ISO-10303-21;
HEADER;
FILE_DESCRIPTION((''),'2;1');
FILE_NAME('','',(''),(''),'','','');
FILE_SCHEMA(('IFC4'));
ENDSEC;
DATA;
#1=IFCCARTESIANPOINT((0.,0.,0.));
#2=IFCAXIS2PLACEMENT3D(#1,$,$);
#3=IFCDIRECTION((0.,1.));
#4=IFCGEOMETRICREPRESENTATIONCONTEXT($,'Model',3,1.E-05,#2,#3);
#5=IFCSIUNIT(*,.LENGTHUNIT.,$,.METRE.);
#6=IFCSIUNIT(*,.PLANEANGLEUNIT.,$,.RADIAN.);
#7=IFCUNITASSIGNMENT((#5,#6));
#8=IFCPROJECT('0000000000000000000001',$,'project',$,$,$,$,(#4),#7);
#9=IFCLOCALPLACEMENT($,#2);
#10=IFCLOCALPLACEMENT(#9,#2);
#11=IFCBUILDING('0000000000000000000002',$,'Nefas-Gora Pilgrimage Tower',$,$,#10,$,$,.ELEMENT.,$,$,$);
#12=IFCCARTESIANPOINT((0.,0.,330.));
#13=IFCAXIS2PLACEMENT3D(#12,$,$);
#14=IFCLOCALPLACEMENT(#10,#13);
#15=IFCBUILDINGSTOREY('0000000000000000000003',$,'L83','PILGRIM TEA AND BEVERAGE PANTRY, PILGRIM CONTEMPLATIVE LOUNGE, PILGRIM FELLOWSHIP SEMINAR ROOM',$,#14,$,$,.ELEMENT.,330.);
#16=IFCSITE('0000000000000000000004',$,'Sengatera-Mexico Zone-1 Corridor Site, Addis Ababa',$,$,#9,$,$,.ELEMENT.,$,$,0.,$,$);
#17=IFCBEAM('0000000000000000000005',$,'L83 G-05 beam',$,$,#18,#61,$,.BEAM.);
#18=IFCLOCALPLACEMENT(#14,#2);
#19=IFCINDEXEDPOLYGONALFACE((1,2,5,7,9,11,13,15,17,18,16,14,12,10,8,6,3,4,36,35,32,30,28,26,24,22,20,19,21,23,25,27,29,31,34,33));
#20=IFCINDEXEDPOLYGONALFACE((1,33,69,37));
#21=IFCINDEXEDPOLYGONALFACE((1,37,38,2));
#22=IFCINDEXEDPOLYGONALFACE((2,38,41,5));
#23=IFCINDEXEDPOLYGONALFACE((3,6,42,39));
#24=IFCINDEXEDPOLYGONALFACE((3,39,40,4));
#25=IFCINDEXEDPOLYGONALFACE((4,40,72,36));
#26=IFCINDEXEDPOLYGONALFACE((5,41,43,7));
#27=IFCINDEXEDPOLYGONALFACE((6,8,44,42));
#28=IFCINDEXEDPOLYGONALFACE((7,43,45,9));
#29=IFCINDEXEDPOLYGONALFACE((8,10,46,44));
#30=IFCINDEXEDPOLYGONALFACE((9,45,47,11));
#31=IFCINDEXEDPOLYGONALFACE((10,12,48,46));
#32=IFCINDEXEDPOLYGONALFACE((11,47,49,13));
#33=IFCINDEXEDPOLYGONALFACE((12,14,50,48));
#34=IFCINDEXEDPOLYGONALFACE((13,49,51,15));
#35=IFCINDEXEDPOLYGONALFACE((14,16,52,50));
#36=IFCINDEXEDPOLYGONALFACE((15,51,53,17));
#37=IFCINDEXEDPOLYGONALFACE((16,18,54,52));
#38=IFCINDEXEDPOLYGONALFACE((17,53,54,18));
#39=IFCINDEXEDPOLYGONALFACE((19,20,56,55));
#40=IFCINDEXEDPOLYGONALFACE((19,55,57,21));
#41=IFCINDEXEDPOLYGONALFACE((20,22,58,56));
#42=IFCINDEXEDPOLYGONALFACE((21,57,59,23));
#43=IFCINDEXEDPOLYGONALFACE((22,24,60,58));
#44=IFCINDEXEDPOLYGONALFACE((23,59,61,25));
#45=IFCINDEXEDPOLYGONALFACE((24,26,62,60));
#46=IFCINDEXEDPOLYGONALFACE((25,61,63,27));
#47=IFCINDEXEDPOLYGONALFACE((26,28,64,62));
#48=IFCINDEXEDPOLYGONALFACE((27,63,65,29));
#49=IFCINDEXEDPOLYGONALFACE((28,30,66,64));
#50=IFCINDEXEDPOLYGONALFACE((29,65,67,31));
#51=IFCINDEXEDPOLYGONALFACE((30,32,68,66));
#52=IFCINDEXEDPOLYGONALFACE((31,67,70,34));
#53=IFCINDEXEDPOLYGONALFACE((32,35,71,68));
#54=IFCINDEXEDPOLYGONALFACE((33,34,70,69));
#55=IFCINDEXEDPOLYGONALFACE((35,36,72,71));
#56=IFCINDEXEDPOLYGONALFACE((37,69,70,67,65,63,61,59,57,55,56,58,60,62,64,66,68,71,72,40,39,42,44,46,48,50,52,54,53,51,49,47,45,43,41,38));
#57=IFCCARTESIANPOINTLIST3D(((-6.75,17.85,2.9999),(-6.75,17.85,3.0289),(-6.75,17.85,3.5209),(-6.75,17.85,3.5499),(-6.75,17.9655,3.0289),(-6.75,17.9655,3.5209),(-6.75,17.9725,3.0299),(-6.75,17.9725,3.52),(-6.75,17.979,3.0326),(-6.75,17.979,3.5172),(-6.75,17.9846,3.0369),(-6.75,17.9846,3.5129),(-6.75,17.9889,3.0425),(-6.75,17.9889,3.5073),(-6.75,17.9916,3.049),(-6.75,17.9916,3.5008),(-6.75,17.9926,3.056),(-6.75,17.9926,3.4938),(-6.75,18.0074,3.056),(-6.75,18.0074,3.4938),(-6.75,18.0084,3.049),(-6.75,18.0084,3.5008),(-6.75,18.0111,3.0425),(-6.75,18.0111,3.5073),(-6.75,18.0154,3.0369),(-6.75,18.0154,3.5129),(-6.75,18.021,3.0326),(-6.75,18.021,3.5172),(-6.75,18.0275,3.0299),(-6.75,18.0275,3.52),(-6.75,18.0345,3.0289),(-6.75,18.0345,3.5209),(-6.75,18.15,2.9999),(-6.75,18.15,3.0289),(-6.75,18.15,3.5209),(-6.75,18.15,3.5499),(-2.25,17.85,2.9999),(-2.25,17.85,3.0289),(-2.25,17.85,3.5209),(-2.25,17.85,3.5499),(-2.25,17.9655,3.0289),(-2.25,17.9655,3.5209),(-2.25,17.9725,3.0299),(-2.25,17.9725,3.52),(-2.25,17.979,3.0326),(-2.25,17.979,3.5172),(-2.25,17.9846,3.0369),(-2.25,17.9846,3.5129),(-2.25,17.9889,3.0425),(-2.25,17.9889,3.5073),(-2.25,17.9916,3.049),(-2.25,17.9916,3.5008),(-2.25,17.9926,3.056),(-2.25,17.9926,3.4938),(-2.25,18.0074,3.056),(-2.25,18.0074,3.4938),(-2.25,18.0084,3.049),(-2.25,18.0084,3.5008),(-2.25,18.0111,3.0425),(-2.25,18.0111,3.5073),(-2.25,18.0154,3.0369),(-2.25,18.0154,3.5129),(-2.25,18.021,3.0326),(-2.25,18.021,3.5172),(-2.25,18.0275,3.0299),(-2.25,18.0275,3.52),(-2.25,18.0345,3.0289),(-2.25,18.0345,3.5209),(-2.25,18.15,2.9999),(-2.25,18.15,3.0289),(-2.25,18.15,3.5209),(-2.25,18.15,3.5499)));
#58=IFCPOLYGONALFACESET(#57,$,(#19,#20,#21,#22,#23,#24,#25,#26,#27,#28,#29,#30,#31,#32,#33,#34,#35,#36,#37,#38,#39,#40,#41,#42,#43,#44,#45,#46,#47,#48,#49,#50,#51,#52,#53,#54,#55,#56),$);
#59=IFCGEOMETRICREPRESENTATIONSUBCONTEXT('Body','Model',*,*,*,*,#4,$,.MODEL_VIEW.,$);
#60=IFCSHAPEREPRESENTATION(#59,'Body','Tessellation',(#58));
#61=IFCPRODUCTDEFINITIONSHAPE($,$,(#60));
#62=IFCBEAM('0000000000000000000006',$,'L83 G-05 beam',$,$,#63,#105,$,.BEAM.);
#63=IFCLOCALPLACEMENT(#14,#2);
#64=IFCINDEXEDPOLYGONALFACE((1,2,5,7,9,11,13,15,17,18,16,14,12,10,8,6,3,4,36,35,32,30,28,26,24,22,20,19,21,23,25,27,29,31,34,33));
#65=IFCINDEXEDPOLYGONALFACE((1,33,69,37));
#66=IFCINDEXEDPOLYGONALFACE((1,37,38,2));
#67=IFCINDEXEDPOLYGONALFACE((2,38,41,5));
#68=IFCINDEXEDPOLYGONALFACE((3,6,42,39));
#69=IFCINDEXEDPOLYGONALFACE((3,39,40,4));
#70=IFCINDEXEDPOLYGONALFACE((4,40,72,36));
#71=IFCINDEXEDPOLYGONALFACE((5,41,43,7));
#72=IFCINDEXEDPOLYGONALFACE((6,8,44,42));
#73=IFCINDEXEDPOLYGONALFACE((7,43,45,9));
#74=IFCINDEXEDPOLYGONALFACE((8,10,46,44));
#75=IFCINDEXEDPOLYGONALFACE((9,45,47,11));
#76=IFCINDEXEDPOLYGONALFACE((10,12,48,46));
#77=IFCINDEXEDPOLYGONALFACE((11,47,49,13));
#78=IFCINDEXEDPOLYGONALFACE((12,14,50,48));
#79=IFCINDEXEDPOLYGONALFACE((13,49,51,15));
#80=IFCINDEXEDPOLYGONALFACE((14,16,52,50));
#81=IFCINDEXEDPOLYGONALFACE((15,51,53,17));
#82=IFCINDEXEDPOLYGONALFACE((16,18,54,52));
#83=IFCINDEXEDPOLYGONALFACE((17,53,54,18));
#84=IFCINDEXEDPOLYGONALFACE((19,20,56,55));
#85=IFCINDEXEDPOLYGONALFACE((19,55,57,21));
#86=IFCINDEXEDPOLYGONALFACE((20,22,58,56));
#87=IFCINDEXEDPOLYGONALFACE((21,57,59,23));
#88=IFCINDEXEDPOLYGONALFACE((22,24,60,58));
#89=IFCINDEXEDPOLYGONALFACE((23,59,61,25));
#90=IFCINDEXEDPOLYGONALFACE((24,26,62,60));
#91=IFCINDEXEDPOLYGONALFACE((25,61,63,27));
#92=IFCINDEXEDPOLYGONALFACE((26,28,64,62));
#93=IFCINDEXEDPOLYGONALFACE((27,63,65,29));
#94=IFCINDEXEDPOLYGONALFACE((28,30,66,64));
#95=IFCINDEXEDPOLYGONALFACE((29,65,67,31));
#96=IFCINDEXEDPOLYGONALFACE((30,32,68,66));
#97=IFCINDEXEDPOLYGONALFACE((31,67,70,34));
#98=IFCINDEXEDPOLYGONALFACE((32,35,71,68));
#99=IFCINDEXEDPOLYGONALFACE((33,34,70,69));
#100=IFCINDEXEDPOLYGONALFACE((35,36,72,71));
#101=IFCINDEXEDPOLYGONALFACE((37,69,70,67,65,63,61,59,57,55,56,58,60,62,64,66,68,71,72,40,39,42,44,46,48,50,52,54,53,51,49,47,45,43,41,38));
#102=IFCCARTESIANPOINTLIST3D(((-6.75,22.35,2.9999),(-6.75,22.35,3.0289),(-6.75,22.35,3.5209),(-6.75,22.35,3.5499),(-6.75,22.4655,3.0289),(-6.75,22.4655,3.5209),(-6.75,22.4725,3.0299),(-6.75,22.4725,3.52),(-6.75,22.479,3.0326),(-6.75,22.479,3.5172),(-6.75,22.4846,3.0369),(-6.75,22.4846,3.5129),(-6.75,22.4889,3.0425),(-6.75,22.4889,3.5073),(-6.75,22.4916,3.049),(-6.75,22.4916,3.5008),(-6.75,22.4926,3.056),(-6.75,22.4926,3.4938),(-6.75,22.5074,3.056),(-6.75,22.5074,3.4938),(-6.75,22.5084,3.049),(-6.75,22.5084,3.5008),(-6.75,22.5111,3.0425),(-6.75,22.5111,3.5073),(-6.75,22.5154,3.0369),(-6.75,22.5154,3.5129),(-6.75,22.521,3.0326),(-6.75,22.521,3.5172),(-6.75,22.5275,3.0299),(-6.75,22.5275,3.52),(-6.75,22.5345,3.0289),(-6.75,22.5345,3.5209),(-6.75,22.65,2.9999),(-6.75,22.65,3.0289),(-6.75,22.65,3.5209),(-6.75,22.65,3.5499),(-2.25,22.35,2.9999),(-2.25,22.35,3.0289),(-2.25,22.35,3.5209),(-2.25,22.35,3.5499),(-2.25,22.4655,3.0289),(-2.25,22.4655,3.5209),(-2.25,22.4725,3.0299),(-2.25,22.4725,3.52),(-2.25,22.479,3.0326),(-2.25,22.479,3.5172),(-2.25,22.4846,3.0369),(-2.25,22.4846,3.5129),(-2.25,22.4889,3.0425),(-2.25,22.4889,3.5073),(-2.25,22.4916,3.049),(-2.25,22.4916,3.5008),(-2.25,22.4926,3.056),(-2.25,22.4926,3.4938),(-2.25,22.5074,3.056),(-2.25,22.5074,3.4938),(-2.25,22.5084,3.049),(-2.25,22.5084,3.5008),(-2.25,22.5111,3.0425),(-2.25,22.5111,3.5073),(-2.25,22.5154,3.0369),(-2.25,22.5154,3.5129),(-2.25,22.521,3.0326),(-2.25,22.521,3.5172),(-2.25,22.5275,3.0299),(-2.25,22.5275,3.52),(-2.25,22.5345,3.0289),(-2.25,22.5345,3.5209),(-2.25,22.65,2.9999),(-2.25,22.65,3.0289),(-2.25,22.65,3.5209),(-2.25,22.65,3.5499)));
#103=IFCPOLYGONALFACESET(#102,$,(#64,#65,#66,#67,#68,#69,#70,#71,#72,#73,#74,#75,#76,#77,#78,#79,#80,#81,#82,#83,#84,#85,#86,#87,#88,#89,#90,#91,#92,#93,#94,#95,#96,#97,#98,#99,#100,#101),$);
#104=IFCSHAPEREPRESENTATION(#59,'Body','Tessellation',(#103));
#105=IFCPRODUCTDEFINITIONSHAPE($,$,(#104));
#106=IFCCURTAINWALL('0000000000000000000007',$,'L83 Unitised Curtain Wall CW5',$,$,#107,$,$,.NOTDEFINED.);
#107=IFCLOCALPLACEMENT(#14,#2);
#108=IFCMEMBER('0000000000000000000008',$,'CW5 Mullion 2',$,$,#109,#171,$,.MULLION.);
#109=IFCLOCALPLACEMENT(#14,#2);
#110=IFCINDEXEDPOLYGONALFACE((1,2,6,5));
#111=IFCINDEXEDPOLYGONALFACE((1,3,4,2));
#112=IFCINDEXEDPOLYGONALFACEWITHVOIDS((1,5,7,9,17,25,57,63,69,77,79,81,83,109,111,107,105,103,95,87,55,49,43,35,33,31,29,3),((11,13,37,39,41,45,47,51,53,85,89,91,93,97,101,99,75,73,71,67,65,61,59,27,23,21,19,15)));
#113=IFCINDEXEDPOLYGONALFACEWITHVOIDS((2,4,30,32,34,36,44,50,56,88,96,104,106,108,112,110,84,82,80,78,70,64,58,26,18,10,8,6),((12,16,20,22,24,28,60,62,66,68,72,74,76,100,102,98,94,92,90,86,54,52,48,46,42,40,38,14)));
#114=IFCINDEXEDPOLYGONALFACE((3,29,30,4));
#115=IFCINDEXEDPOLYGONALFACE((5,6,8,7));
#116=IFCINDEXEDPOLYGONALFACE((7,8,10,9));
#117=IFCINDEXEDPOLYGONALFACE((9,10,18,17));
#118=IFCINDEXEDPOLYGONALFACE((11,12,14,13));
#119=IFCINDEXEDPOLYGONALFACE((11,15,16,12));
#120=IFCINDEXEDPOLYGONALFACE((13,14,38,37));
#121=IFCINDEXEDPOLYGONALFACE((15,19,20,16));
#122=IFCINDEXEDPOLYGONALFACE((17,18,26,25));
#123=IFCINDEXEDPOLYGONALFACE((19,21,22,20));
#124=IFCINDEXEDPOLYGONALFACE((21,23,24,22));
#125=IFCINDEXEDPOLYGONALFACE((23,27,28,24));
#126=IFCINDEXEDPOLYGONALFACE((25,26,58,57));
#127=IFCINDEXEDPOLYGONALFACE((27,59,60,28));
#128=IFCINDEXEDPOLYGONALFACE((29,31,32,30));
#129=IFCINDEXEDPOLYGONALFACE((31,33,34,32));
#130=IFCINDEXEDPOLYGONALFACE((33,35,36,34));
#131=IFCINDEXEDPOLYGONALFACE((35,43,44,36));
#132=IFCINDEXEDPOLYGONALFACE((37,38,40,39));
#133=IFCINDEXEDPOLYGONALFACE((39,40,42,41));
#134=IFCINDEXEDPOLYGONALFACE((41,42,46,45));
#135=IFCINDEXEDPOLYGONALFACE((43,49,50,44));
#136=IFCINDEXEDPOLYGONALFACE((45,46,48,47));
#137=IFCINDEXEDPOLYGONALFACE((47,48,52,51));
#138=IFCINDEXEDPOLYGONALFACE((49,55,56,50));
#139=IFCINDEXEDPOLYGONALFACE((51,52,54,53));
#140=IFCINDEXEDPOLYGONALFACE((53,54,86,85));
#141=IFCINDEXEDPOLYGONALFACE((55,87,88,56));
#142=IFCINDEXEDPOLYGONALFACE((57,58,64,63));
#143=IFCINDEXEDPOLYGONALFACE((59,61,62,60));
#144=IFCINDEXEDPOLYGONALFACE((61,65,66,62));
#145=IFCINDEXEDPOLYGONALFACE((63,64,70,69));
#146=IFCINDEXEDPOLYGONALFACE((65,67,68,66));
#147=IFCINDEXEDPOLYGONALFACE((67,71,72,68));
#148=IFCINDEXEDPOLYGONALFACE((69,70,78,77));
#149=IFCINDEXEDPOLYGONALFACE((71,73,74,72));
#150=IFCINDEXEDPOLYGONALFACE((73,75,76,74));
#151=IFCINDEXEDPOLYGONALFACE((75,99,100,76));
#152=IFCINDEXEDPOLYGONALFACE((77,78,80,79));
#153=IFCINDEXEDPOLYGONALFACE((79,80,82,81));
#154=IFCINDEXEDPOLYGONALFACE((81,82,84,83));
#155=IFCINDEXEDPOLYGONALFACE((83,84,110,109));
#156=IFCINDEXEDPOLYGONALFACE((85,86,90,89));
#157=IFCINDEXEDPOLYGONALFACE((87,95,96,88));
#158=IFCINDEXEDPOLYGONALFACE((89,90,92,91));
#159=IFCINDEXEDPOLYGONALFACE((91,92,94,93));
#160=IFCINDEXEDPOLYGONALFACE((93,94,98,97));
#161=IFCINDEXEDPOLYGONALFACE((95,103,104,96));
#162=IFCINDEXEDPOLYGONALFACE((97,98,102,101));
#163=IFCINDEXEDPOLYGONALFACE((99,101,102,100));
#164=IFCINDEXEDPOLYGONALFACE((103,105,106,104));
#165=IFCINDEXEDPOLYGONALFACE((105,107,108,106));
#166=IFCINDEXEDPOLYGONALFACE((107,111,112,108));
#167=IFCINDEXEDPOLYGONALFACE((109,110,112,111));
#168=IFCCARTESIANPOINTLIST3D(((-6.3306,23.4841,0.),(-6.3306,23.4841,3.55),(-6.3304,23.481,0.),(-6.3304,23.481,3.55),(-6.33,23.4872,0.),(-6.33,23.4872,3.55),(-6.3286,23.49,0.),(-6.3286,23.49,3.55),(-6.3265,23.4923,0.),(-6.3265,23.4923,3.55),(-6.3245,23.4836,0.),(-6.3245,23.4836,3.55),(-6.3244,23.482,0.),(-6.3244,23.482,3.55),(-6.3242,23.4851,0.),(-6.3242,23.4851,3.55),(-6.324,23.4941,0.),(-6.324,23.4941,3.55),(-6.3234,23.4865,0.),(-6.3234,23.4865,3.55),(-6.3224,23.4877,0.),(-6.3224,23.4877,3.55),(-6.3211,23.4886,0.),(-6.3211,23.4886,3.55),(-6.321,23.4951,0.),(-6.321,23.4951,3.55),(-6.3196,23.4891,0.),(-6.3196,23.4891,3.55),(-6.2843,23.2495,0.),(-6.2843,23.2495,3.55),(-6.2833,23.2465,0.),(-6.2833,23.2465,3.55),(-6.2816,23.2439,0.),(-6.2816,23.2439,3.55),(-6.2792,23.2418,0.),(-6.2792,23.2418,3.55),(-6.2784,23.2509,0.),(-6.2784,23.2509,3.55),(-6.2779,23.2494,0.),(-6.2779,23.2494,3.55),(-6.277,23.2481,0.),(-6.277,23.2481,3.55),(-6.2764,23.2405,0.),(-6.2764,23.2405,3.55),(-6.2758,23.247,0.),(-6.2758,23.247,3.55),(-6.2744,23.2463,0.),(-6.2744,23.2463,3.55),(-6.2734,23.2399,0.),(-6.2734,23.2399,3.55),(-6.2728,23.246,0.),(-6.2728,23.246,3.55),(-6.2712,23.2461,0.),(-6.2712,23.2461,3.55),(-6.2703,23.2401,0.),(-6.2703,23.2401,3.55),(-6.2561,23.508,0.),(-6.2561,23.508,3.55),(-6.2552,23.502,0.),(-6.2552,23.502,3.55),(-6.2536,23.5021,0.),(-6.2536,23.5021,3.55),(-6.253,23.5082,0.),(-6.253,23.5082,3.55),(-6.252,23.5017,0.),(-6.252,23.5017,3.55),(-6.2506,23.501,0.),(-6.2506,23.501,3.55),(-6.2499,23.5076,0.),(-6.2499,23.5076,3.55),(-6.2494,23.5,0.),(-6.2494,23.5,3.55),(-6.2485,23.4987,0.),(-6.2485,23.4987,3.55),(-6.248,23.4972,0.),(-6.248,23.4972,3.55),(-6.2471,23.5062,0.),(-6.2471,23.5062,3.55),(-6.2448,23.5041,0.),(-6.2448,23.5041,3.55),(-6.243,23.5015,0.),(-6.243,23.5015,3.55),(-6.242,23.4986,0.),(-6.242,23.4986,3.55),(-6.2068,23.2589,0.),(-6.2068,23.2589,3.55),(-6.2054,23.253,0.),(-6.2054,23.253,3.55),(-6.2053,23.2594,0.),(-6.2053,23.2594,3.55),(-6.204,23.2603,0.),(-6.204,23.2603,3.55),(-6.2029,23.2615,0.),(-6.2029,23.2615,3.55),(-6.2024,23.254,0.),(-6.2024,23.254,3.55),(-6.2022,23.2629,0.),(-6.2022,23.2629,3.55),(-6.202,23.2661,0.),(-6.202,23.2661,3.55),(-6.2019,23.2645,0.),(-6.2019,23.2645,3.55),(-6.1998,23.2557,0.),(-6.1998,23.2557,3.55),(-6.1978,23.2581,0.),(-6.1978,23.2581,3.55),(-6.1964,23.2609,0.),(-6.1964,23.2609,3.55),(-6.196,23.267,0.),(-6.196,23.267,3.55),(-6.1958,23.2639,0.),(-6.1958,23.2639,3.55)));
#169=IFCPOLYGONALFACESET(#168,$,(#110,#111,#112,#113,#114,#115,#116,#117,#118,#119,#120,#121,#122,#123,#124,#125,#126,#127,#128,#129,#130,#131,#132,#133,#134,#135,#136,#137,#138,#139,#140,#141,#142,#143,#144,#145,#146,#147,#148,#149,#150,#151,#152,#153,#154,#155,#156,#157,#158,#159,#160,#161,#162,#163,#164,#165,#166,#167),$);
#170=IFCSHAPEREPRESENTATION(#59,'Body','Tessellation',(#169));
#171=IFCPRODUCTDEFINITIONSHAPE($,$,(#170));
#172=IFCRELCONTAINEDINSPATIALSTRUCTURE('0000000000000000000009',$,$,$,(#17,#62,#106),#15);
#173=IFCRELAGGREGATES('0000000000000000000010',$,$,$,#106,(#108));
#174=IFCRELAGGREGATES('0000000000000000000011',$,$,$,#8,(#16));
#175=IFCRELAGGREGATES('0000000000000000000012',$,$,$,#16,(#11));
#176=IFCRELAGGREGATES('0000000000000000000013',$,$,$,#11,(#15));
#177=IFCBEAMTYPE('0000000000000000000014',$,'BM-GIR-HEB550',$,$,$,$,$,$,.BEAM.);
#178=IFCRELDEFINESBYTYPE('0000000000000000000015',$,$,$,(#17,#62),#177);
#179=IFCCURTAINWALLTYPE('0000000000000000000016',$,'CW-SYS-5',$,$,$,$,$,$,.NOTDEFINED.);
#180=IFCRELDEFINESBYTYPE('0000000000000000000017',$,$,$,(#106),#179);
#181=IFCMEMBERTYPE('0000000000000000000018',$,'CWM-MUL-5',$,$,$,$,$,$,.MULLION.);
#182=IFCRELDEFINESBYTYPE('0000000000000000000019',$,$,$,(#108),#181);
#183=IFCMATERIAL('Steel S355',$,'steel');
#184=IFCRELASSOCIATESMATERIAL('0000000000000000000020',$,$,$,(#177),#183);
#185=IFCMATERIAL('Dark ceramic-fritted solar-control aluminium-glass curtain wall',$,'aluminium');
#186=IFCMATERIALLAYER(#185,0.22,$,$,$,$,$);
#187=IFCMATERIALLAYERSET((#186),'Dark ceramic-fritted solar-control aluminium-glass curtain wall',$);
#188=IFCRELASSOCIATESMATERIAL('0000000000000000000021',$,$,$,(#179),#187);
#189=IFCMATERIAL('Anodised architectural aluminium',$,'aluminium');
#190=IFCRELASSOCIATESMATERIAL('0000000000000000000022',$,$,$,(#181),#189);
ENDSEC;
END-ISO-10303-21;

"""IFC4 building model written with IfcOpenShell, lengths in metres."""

from ifc_helpers import new_model, si_unit, direction, frame, origin, origin_2d, place, context, subcontext, project, spatial, hollow_rectangle, i_section, extrude, source, transform, mapped, material, layer, layer_set, material_profile, profile_set, type_object, element, aggregate, save


model = new_model("IFC4")

# Units and contexts
model_context = context("Model", 3, precision=1e-05, world=origin(), true_north=direction((0.0, 1.0)))
body_context = subcontext(model_context, "Body", "Model", "MODEL_VIEW")
ifc_project = project(units=[si_unit("LENGTHUNIT", "METRE"), si_unit("PLANEANGLEUNIT", "RADIAN")], contexts=[model_context])

# Site, building, storey
site_placement = place(None, origin())
site = spatial("IfcSite", under=ifc_project, at=site_placement, Name="Sengatera-Mexico Zone-1 Corridor Site, Addis Ababa", CompositionType="ELEMENT", RefElevation=0.0)
building_placement = place(site_placement, origin())
building = spatial("IfcBuilding", under=site, at=building_placement, Name="Nefas-Gora Pilgrimage Tower", CompositionType="ELEMENT")
storey_placement = place(building_placement, frame((0.0, 0.0, 330.0)))
storey = spatial("IfcBuildingStorey", under=building, at=storey_placement, Name="L83", Description="PILGRIM TEA AND BEVERAGE PANTRY, PILGRIM CONTEMPLATIVE LOUNGE, PILGRIM FELLOWSHIP SEMINAR ROOM", CompositionType="ELEMENT", Elevation=330.0)

# Shared definitions
ifc_material_1 = material(Name="Steel S355", Category="steel")

# Beams
ifc_material_profile_1 = material_profile(ifc_material_1, i_section(OverallWidth=0.3, OverallDepth=0.55, WebThickness=0.0149, FlangeThickness=0.0291, FilletRadius=0.0271, at=origin_2d()), Name="HEB 550")
ifc_profile_set_1 = profile_set([ifc_material_profile_1], Name="Steel S355")
beam_type = type_object("IfcBeamType", Name="BM-GIR-HEB550", PredefinedType="BEAM", material=ifc_profile_set_1)
shared_shape_1 = source(origin(), body_context, "Body", "SweptSolid", [
    extrude(i_section(OverallWidth=0.3, OverallDepth=0.55, WebThickness=0.0149, FlangeThickness=0.0291, FilletRadius=0.0271, at=origin_2d()), origin(), (0.0, 0.0, 1.0), 4.5),
])
for number, where, z_axis, x_axis, name in (
    (1, (-6.75, 18.0, 3.2749), (1.0, 0.0, 0.0), (0.0, 1.0, 0.0), "L83 G-05 beam"),
    (2, (-6.75, 22.5, 3.2749), (1.0, 0.0, 0.0), (0.0, 1.0, 0.0), "L83 G-05 beam"),
):
    element("IfcBeam", number, at=place(storey_placement, frame(where, z_axis=z_axis, x_axis=x_axis)), inside=storey, type_object=beam_type, Name=name, PredefinedType="BEAM", context=body_context, shape_type="MappedRepresentation", body=[
        mapped(shared_shape_1, transform((0.0, 0.0, 0.0), x_axis=(1.0, 0.0, 0.0), y_axis=(0.0, 1.0, 0.0), z_axis=(0.0, 0.0, 1.0), scale=1.0)),
    ])

# Curtain wall, member
ifc_material_2 = material(Name="Dark ceramic-fritted solar-control aluminium-glass curtain wall", Category="aluminium")
ifc_layer_1 = layer(ifc_material_2, 0.22)
ifc_layer_set_1 = layer_set([ifc_layer_1], Name="Dark ceramic-fritted solar-control aluminium-glass curtain wall")
curtain_wall_type = type_object("IfcCurtainWallType", Name="CW-SYS-5", PredefinedType="NOTDEFINED", material=ifc_layer_set_1)
curtain_wall_1_placement = place(storey_placement, origin())
curtain_wall_1 = element("IfcCurtainWall", 3, at=curtain_wall_1_placement, inside=storey, type_object=curtain_wall_type, Name="L83 Unitised Curtain Wall CW5", PredefinedType="NOTDEFINED")
ifc_material_3 = material(Name="Anodised architectural aluminium", Category="aluminium")
ifc_material_profile_2 = material_profile(ifc_material_3, hollow_rectangle(XDim=0.0901, YDim=0.26, WallThickness=0.0061, InnerFilletRadius=0.0061, OuterFilletRadius=0.012, at=origin_2d()), Name="ALU MULLION 90x260")
ifc_profile_set_2 = profile_set([ifc_material_profile_2], Name="Anodised architectural aluminium")
member_type_1 = type_object("IfcMemberType", Name="CWM-MUL-5", PredefinedType="MULLION", material=ifc_profile_set_2)
shared_shape_2 = source(origin(), body_context, "Body", "SweptSolid", [
    extrude(hollow_rectangle(XDim=0.0901, YDim=0.26, WallThickness=0.0061, InnerFilletRadius=0.0061, OuterFilletRadius=0.012, at=origin_2d()), origin(), (0.0, 0.0, 1.0), 3.55),
])
member_1_placement = place(storey_placement, frame((-6.2632, 23.374, 0.0), z_axis=(0.0, 0.0, 1.0), x_axis=(-0.980783, -0.195102, 0.0)))
member_1 = element("IfcMember", 4, at=member_1_placement, type_object=member_type_1, Name="CW5 Mullion 2", PredefinedType="MULLION", context=body_context, shape_type="MappedRepresentation", body=[
    mapped(shared_shape_2, transform((0.0, 0.0, 0.0), x_axis=(1.0, 0.0, 0.0), y_axis=(0.0, 1.0, 0.0), z_axis=(0.0, 0.0, 1.0), scale=1.0)),
])

aggregate(curtain_wall_1, [member_1])

save(model, "model.ifc")
